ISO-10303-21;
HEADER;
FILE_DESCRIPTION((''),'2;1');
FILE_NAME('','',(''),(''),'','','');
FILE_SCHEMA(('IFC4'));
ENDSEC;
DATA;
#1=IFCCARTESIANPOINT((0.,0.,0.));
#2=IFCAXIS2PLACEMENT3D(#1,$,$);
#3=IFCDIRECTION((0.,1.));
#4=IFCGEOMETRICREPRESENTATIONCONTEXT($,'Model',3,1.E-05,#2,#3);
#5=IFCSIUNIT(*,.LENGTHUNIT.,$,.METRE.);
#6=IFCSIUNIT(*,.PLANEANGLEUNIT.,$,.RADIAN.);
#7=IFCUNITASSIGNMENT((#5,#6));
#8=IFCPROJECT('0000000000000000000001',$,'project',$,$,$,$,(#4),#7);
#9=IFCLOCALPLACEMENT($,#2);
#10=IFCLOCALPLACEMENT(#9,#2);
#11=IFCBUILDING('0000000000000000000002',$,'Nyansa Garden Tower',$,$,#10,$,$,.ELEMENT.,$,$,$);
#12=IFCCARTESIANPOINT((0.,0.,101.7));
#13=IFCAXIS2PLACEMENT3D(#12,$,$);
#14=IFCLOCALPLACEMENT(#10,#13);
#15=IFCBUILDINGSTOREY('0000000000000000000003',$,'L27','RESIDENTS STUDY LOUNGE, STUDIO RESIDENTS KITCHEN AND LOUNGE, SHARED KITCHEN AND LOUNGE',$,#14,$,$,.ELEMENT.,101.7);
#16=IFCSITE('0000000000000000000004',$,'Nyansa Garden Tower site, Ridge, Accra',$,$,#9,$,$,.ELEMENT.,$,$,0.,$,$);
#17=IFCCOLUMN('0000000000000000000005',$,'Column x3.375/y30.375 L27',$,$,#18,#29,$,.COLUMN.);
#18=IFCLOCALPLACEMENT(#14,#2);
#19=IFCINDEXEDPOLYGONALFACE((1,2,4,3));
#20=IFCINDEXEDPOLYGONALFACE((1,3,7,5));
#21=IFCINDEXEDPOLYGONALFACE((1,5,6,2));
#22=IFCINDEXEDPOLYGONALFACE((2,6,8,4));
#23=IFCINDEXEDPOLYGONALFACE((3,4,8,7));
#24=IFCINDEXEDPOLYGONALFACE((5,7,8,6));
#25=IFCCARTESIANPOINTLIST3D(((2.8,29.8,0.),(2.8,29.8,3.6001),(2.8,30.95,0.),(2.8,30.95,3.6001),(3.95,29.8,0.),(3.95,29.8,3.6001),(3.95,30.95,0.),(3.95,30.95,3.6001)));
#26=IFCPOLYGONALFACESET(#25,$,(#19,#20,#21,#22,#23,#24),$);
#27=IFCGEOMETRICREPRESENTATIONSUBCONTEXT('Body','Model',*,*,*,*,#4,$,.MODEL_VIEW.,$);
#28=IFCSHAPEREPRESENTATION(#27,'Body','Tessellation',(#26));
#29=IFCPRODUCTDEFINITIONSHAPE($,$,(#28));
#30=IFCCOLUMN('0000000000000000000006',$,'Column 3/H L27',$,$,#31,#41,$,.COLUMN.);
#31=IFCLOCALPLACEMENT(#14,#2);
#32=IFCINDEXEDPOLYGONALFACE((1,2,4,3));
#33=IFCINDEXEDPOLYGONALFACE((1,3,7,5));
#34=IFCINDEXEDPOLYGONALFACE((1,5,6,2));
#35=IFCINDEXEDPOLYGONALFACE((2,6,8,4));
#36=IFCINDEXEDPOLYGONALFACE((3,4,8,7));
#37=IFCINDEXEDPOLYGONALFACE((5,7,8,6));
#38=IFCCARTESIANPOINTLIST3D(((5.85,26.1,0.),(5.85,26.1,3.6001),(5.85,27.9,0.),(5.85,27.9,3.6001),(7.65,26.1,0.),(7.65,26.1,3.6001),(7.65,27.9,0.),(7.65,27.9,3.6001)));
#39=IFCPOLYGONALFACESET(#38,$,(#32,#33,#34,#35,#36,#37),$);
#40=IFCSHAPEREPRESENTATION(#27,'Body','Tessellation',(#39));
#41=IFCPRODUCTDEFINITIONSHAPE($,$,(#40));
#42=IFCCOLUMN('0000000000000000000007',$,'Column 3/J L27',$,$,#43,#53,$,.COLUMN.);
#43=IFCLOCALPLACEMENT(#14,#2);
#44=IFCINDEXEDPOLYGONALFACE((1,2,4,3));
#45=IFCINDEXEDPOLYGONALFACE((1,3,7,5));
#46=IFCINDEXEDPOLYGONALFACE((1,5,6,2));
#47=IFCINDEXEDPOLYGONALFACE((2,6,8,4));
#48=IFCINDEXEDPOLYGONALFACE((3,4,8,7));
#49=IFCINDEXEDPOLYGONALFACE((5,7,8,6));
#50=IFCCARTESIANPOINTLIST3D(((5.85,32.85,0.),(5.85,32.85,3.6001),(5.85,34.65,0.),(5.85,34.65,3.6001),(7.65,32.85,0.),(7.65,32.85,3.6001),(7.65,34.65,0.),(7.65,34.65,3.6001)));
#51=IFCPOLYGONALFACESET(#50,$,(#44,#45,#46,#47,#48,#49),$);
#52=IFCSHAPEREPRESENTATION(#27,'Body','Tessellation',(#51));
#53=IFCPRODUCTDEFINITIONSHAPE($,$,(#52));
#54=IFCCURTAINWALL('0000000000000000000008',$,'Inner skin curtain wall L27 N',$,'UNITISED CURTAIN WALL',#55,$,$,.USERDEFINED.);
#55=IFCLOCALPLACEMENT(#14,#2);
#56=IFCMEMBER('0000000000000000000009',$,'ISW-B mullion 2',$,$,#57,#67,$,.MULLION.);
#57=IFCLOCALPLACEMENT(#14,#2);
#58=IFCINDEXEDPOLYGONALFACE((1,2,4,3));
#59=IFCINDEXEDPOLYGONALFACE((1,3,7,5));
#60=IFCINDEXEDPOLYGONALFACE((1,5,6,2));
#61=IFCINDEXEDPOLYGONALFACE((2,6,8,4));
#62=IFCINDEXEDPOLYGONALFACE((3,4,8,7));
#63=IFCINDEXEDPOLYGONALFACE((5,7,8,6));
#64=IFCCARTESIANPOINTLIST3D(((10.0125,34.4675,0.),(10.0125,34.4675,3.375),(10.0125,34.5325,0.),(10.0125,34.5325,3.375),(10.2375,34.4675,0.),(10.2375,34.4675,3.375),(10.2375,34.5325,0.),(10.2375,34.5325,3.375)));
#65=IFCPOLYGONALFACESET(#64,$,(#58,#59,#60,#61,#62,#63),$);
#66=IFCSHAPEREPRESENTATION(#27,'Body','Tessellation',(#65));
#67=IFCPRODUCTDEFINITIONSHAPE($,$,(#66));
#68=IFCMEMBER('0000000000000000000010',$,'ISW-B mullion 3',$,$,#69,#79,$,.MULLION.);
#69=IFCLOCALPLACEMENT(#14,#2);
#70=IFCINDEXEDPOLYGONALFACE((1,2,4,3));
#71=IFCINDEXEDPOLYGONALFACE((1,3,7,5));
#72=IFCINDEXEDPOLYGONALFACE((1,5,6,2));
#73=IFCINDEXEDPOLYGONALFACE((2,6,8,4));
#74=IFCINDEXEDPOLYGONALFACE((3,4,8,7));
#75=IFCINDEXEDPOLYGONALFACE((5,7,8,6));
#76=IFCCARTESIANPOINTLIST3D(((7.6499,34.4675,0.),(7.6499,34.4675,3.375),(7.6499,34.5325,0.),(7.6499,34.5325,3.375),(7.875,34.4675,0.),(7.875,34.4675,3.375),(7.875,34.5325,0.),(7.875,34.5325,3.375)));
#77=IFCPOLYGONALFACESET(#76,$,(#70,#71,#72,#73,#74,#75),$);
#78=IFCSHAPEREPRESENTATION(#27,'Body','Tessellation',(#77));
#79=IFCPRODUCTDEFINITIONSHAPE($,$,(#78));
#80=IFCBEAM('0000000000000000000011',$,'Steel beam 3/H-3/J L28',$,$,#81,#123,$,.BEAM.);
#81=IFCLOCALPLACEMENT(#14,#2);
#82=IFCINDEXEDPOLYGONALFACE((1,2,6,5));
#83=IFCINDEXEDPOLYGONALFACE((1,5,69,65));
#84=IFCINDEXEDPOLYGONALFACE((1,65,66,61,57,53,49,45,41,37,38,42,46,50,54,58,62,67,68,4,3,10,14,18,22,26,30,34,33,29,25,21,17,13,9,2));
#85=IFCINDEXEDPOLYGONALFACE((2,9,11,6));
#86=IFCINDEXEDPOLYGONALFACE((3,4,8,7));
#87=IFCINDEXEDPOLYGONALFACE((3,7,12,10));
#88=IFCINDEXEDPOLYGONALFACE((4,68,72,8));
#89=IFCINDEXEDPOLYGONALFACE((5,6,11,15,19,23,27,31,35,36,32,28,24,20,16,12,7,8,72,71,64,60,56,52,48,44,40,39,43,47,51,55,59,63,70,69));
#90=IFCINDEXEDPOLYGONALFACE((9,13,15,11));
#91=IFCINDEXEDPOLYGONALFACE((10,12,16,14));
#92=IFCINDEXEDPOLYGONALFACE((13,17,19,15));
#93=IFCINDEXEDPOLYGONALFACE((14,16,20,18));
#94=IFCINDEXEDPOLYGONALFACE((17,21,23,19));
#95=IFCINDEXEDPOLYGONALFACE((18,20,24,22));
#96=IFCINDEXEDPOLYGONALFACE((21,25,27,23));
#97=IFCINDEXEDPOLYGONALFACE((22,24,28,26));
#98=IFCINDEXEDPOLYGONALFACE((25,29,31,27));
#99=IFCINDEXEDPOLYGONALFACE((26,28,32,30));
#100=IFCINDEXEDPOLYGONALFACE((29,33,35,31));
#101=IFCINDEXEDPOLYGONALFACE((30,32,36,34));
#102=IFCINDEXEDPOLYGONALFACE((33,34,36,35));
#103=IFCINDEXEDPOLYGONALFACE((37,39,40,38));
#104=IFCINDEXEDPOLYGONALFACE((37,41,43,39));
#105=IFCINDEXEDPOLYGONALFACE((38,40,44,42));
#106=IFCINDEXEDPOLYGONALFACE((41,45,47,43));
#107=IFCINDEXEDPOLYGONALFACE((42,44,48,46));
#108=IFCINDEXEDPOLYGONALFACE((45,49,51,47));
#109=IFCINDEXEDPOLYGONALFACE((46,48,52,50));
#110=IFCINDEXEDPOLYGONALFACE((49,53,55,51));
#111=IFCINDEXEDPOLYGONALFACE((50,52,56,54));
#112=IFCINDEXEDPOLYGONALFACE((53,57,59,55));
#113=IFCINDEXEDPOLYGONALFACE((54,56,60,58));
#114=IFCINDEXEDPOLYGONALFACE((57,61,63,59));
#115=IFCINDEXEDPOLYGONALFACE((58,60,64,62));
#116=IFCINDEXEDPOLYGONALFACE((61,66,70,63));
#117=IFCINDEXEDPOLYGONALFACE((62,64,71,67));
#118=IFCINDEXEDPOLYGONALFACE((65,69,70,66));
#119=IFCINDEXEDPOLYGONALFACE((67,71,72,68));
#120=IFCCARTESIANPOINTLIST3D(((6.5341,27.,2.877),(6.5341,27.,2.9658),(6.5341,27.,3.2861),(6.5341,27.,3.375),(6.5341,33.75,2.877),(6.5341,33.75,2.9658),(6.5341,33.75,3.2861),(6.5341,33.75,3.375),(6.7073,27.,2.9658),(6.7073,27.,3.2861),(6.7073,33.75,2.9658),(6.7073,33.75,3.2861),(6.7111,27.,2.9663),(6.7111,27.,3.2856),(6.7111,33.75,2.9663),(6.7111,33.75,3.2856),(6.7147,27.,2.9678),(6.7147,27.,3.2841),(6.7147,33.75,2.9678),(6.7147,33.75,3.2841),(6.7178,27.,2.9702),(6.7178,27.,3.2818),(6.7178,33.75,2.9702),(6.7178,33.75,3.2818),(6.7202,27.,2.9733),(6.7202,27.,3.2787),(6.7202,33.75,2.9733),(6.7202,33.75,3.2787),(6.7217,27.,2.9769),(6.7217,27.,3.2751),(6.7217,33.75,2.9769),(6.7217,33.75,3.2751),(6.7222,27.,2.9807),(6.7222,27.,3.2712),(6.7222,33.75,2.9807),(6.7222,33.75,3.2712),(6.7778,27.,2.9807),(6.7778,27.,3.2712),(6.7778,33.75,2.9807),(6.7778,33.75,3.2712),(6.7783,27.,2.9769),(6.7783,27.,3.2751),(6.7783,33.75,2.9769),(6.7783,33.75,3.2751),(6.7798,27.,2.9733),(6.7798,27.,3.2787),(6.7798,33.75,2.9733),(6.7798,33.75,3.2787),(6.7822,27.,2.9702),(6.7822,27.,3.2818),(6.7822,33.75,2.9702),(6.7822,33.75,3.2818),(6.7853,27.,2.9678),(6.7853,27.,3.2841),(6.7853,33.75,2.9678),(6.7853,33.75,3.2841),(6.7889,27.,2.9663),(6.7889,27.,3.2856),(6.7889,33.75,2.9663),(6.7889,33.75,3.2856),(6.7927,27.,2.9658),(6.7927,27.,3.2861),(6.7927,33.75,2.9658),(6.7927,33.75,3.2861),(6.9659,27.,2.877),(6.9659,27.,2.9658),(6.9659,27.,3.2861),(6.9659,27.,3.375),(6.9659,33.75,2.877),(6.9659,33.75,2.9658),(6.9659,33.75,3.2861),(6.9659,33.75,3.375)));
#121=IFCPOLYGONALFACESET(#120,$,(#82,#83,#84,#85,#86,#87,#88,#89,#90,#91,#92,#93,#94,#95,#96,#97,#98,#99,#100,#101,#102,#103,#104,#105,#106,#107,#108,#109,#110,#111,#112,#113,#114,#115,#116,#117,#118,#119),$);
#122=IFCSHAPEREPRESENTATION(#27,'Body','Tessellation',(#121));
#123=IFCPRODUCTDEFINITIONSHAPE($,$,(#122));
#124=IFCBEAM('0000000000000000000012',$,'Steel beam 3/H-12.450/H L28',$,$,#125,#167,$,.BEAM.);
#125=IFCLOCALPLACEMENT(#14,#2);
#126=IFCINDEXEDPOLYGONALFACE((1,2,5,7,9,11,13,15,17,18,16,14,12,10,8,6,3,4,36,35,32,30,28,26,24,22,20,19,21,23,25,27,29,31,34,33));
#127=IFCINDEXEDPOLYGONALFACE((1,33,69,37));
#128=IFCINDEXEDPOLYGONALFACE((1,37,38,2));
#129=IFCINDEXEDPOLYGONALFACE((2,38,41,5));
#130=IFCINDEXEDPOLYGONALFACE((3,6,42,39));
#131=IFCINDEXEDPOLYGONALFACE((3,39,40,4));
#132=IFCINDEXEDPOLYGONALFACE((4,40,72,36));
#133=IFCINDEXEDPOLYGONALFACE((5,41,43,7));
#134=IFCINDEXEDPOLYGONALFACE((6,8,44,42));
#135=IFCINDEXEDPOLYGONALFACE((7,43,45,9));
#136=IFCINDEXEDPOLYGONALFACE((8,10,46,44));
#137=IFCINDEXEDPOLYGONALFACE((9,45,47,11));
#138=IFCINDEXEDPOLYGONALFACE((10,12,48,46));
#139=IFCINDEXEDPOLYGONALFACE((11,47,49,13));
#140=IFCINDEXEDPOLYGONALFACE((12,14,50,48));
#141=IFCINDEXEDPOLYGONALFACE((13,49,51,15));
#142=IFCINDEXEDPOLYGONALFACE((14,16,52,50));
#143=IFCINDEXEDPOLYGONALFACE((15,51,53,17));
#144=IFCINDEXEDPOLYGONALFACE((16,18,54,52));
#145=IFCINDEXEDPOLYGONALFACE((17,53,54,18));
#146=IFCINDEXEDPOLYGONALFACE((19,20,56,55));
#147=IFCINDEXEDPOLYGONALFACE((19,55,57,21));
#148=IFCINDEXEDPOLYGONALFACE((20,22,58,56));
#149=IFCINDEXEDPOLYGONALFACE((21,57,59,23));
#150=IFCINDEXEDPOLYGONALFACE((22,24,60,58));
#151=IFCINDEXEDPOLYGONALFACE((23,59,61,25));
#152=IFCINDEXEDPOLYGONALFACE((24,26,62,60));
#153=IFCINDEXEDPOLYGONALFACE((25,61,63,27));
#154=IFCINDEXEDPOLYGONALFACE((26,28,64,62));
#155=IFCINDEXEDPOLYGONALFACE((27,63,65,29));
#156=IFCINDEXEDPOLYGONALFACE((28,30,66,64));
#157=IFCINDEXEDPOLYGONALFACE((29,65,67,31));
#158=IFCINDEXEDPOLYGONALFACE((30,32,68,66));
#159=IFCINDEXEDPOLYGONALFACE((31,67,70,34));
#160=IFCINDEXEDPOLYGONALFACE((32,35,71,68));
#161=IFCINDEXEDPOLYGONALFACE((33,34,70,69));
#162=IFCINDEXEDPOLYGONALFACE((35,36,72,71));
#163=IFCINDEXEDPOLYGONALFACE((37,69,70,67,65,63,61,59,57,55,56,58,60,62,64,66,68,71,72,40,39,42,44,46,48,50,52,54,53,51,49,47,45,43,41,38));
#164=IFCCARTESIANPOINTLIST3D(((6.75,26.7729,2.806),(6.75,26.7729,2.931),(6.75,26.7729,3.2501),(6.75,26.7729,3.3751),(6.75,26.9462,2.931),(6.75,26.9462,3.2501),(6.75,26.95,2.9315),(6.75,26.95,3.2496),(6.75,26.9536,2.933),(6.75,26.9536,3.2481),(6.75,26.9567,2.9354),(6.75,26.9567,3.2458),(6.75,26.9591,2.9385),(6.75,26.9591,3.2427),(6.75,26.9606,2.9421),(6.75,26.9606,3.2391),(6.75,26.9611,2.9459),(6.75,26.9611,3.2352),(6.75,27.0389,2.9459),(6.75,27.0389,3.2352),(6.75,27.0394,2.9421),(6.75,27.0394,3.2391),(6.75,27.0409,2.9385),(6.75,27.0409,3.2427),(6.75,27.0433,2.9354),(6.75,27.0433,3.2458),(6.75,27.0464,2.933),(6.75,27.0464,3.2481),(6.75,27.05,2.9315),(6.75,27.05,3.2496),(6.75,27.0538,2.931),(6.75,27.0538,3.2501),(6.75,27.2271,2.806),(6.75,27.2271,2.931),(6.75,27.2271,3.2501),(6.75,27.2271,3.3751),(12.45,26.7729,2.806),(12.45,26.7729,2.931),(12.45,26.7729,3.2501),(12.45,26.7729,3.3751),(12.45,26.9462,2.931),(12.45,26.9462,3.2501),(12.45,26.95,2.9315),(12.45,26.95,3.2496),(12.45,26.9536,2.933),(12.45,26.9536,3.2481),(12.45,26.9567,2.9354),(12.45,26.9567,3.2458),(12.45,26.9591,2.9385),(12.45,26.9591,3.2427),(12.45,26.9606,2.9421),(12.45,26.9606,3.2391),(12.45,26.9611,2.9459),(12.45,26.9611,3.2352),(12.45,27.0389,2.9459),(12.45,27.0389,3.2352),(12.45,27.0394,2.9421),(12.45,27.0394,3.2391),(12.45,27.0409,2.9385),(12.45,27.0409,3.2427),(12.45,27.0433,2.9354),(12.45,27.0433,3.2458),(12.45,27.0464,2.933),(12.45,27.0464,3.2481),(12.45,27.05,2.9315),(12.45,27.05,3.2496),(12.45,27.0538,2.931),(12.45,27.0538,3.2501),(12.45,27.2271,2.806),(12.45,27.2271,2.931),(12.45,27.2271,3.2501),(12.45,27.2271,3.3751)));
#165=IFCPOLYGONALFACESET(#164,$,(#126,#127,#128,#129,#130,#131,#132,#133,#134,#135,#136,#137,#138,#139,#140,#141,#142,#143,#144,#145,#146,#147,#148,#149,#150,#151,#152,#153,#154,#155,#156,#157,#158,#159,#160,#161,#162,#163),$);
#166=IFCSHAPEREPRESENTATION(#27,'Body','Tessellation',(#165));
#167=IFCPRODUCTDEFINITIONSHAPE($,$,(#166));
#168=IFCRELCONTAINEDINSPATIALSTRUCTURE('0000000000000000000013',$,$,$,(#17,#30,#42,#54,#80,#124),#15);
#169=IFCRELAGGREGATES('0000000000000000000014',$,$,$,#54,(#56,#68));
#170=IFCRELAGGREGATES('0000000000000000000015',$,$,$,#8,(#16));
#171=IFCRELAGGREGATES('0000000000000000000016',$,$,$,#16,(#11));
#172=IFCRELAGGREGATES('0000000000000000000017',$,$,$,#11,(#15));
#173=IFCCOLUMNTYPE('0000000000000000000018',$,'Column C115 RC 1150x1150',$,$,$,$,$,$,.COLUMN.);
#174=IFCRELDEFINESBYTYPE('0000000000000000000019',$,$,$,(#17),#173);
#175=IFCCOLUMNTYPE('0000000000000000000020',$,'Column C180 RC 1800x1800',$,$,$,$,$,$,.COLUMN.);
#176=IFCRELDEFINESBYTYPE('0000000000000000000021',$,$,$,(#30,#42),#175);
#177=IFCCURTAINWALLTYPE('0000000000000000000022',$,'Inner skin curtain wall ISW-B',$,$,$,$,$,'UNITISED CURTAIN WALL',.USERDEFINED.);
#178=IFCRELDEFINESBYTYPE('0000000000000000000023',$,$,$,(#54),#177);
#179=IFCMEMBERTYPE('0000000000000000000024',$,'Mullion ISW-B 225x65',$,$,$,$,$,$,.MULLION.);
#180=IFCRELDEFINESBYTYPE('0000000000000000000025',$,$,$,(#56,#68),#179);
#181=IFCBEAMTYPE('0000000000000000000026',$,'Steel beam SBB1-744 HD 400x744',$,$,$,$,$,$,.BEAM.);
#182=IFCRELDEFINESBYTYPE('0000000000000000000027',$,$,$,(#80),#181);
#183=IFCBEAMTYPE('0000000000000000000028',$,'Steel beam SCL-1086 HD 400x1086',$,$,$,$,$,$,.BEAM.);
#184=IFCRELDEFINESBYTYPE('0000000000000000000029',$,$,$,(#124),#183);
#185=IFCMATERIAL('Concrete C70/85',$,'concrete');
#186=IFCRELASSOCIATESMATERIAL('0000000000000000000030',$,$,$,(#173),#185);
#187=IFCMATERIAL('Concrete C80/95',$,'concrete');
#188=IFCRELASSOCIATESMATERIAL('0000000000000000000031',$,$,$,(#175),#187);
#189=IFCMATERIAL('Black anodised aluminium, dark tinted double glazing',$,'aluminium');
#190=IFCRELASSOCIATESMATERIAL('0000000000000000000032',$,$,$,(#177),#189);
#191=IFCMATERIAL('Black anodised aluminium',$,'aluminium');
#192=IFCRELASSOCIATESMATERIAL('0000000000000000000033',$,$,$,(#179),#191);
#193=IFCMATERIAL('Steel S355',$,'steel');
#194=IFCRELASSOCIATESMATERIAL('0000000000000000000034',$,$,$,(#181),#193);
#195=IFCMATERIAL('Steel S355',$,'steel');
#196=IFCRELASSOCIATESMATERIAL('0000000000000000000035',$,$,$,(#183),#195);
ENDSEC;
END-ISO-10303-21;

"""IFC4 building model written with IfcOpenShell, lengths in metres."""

from ifc_helpers import new_model, si_unit, direction, frame, origin, origin_2d, place, context, subcontext, project, spatial, rectangle, i_section, extrude, material, material_profile, profile_set, type_object, element, aggregate, save


model = new_model("IFC4")

# Units and contexts
model_context = context("Model", 3, precision=1e-05, world=origin(), true_north=direction((0.0, 1.0)))
body_context = subcontext(model_context, "Body", "Model", "MODEL_VIEW")
ifc_project = project(units=[si_unit("LENGTHUNIT", "METRE"), si_unit("PLANEANGLEUNIT", "RADIAN")], contexts=[model_context])

# Site, building, storey
site_placement = place(None, origin())
site = spatial("IfcSite", under=ifc_project, at=site_placement, Name="Nyansa Garden Tower site, Ridge, Accra", CompositionType="ELEMENT", RefElevation=0.0)
building_placement = place(site_placement, origin())
building = spatial("IfcBuilding", under=site, at=building_placement, Name="Nyansa Garden Tower", CompositionType="ELEMENT")
storey_placement = place(building_placement, frame((0.0, 0.0, 101.7)))
storey = spatial("IfcBuildingStorey", under=building, at=storey_placement, Name="L27", Description="RESIDENTS STUDY LOUNGE, STUDIO RESIDENTS KITCHEN AND LOUNGE, SHARED KITCHEN AND LOUNGE", CompositionType="ELEMENT", Elevation=101.7)

# Columns
ifc_material_1 = material(Name="Concrete C70/85", Category="concrete")
ifc_material_profile_1 = material_profile(ifc_material_1, rectangle(XDim=1.1499, YDim=1.1499, at=origin_2d()), Name="RC 1150x1150")
ifc_profile_set_1 = profile_set([ifc_material_profile_1], Name="Concrete C70/85")
column_type_1 = type_object("IfcColumnType", Name="Column C115 RC 1150x1150", PredefinedType="COLUMN", material=ifc_profile_set_1)
column_placement = place(storey_placement, frame((3.375, 30.375, 0.0), z_axis=(0.0, 0.0, 1.0), x_axis=(1.0, 0.0, 0.0)))
element("IfcColumn", 1, at=column_placement, inside=storey, type_object=column_type_1, Name="Column x3.375/y30.375 L27", PredefinedType="COLUMN", context=body_context, shape_type="SweptSolid", body=[
    extrude(rectangle(XDim=1.1499, YDim=1.1499, at=origin_2d()), origin(), (0.0, 0.0, 1.0), 3.6001),
])
ifc_material_2 = material(Name="Concrete C80/95", Category="concrete")
ifc_material_profile_2 = material_profile(ifc_material_2, rectangle(XDim=1.8, YDim=1.8, at=origin_2d()), Name="RC 1800x1800")
ifc_profile_set_2 = profile_set([ifc_material_profile_2], Name="Concrete C80/95")
column_type_2 = type_object("IfcColumnType", Name="Column C180 RC 1800x1800", PredefinedType="COLUMN", material=ifc_profile_set_2)
for number, where, z_axis, x_axis, name in (
    (2, (6.75, 27.0, 0.0), (0.0, 0.0, 1.0), (1.0, 0.0, 0.0), "Column 3/H L27"),
    (3, (6.75, 33.75, 0.0), (0.0, 0.0, 1.0), (1.0, 0.0, 0.0), "Column 3/J L27"),
):
    element("IfcColumn", number, at=place(storey_placement, frame(where, z_axis=z_axis, x_axis=x_axis)), inside=storey, type_object=column_type_2, Name=name, PredefinedType="COLUMN", context=body_context, shape_type="SweptSolid", body=[
        extrude(rectangle(XDim=1.8, YDim=1.8, at=origin_2d()), origin(), (0.0, 0.0, 1.0), 3.6001),
    ])

# Curtain wall, members
ifc_material_3 = material(Name="Black anodised aluminium, dark tinted double glazing", Category="aluminium")
curtain_wall_type = type_object("IfcCurtainWallType", Name="Inner skin curtain wall ISW-B", ElementType="UNITISED CURTAIN WALL", PredefinedType="USERDEFINED", material=ifc_material_3)
curtain_wall_placement = place(storey_placement, origin())
curtain_wall = element("IfcCurtainWall", 4, at=curtain_wall_placement, inside=storey, type_object=curtain_wall_type, Name="Inner skin curtain wall L27 N", ObjectType="UNITISED CURTAIN WALL", PredefinedType="USERDEFINED")
ifc_material_4 = material(Name="Black anodised aluminium", Category="aluminium")
ifc_material_profile_3 = material_profile(ifc_material_4, rectangle(XDim=0.0649, YDim=0.2251, at=origin_2d()), Name="Mullion 225x65")
ifc_profile_set_3 = profile_set([ifc_material_profile_3], Name="Black anodised aluminium")
member_type_1 = type_object("IfcMemberType", Name="Mullion ISW-B 225x65", PredefinedType="MULLION", material=ifc_profile_set_3)
member_1_placement = place(storey_placement, frame((10.125, 34.5, 0.0), z_axis=(0.0, 0.0, 1.0), x_axis=(0.0, -1.0, 0.0)))
member_1 = element("IfcMember", 5, at=member_1_placement, type_object=member_type_1, Name="ISW-B mullion 2", PredefinedType="MULLION", context=body_context, shape_type="SweptSolid", body=[
    extrude(rectangle(XDim=0.0649, YDim=0.2251, at=origin_2d()), origin(), (0.0, 0.0, 1.0), 3.375),
])
member_2_placement = place(storey_placement, frame((7.7625, 34.5, 0.0), z_axis=(0.0, 0.0, 1.0), x_axis=(0.0, -1.0, 0.0)))
member_2 = element("IfcMember", 6, at=member_2_placement, type_object=member_type_1, Name="ISW-B mullion 3", PredefinedType="MULLION", context=body_context, shape_type="SweptSolid", body=[
    extrude(rectangle(XDim=0.0649, YDim=0.2251, at=origin_2d()), origin(), (0.0, 0.0, 1.0), 3.375),
])

# Beams
ifc_material_5 = material(Name="Steel S355", Category="steel")
ifc_material_profile_4 = material_profile(ifc_material_5, i_section(OverallWidth=0.4319, OverallDepth=0.498, WebThickness=0.0557, FlangeThickness=0.0889, FilletRadius=0.0149, at=origin_2d()), Name="HD 400x744")
ifc_profile_set_4 = profile_set([ifc_material_profile_4], Name="Steel S355")
beam_type_1 = type_object("IfcBeamType", Name="Steel beam SBB1-744 HD 400x744", PredefinedType="BEAM", material=ifc_profile_set_4)
beam_1_placement = place(storey_placement, frame((6.75, 27.0, 3.126), z_axis=(0.0, 1.0, 0.0), x_axis=(-1.0, 0.0, 0.0)))
element("IfcBeam", 7, at=beam_1_placement, inside=storey, type_object=beam_type_1, Name="Steel beam 3/H-3/J L28", PredefinedType="BEAM", context=body_context, shape_type="SweptSolid", body=[
    extrude(i_section(OverallWidth=0.4319, OverallDepth=0.498, WebThickness=0.0557, FlangeThickness=0.0889, FilletRadius=0.0149, at=origin_2d()), origin(), (0.0, 0.0, 1.0), 6.75),
])
ifc_material_6 = material(Name="Steel S355", Category="steel")
ifc_material_profile_5 = material_profile(ifc_material_6, i_section(OverallWidth=0.4541, OverallDepth=0.5691, WebThickness=0.0779, FlangeThickness=0.125, FilletRadius=0.0149, at=origin_2d()), Name="HD 400x1086")
ifc_profile_set_5 = profile_set([ifc_material_profile_5], Name="Steel S355")
beam_type_2 = type_object("IfcBeamType", Name="Steel beam SCL-1086 HD 400x1086", PredefinedType="BEAM", material=ifc_profile_set_5)
beam_2_placement = place(storey_placement, frame((6.75, 27.0, 3.0906), z_axis=(1.0, 0.0, 0.0), x_axis=(0.0, 1.0, 0.0)))
element("IfcBeam", 8, at=beam_2_placement, inside=storey, type_object=beam_type_2, Name="Steel beam 3/H-12.450/H L28", PredefinedType="BEAM", context=body_context, shape_type="SweptSolid", body=[
    extrude(i_section(OverallWidth=0.4541, OverallDepth=0.5691, WebThickness=0.0779, FlangeThickness=0.125, FilletRadius=0.0149, at=origin_2d()), origin(), (0.0, 0.0, 1.0), 5.7),
])

aggregate(curtain_wall, [member_1, member_2])

save(model, "model.ifc")
